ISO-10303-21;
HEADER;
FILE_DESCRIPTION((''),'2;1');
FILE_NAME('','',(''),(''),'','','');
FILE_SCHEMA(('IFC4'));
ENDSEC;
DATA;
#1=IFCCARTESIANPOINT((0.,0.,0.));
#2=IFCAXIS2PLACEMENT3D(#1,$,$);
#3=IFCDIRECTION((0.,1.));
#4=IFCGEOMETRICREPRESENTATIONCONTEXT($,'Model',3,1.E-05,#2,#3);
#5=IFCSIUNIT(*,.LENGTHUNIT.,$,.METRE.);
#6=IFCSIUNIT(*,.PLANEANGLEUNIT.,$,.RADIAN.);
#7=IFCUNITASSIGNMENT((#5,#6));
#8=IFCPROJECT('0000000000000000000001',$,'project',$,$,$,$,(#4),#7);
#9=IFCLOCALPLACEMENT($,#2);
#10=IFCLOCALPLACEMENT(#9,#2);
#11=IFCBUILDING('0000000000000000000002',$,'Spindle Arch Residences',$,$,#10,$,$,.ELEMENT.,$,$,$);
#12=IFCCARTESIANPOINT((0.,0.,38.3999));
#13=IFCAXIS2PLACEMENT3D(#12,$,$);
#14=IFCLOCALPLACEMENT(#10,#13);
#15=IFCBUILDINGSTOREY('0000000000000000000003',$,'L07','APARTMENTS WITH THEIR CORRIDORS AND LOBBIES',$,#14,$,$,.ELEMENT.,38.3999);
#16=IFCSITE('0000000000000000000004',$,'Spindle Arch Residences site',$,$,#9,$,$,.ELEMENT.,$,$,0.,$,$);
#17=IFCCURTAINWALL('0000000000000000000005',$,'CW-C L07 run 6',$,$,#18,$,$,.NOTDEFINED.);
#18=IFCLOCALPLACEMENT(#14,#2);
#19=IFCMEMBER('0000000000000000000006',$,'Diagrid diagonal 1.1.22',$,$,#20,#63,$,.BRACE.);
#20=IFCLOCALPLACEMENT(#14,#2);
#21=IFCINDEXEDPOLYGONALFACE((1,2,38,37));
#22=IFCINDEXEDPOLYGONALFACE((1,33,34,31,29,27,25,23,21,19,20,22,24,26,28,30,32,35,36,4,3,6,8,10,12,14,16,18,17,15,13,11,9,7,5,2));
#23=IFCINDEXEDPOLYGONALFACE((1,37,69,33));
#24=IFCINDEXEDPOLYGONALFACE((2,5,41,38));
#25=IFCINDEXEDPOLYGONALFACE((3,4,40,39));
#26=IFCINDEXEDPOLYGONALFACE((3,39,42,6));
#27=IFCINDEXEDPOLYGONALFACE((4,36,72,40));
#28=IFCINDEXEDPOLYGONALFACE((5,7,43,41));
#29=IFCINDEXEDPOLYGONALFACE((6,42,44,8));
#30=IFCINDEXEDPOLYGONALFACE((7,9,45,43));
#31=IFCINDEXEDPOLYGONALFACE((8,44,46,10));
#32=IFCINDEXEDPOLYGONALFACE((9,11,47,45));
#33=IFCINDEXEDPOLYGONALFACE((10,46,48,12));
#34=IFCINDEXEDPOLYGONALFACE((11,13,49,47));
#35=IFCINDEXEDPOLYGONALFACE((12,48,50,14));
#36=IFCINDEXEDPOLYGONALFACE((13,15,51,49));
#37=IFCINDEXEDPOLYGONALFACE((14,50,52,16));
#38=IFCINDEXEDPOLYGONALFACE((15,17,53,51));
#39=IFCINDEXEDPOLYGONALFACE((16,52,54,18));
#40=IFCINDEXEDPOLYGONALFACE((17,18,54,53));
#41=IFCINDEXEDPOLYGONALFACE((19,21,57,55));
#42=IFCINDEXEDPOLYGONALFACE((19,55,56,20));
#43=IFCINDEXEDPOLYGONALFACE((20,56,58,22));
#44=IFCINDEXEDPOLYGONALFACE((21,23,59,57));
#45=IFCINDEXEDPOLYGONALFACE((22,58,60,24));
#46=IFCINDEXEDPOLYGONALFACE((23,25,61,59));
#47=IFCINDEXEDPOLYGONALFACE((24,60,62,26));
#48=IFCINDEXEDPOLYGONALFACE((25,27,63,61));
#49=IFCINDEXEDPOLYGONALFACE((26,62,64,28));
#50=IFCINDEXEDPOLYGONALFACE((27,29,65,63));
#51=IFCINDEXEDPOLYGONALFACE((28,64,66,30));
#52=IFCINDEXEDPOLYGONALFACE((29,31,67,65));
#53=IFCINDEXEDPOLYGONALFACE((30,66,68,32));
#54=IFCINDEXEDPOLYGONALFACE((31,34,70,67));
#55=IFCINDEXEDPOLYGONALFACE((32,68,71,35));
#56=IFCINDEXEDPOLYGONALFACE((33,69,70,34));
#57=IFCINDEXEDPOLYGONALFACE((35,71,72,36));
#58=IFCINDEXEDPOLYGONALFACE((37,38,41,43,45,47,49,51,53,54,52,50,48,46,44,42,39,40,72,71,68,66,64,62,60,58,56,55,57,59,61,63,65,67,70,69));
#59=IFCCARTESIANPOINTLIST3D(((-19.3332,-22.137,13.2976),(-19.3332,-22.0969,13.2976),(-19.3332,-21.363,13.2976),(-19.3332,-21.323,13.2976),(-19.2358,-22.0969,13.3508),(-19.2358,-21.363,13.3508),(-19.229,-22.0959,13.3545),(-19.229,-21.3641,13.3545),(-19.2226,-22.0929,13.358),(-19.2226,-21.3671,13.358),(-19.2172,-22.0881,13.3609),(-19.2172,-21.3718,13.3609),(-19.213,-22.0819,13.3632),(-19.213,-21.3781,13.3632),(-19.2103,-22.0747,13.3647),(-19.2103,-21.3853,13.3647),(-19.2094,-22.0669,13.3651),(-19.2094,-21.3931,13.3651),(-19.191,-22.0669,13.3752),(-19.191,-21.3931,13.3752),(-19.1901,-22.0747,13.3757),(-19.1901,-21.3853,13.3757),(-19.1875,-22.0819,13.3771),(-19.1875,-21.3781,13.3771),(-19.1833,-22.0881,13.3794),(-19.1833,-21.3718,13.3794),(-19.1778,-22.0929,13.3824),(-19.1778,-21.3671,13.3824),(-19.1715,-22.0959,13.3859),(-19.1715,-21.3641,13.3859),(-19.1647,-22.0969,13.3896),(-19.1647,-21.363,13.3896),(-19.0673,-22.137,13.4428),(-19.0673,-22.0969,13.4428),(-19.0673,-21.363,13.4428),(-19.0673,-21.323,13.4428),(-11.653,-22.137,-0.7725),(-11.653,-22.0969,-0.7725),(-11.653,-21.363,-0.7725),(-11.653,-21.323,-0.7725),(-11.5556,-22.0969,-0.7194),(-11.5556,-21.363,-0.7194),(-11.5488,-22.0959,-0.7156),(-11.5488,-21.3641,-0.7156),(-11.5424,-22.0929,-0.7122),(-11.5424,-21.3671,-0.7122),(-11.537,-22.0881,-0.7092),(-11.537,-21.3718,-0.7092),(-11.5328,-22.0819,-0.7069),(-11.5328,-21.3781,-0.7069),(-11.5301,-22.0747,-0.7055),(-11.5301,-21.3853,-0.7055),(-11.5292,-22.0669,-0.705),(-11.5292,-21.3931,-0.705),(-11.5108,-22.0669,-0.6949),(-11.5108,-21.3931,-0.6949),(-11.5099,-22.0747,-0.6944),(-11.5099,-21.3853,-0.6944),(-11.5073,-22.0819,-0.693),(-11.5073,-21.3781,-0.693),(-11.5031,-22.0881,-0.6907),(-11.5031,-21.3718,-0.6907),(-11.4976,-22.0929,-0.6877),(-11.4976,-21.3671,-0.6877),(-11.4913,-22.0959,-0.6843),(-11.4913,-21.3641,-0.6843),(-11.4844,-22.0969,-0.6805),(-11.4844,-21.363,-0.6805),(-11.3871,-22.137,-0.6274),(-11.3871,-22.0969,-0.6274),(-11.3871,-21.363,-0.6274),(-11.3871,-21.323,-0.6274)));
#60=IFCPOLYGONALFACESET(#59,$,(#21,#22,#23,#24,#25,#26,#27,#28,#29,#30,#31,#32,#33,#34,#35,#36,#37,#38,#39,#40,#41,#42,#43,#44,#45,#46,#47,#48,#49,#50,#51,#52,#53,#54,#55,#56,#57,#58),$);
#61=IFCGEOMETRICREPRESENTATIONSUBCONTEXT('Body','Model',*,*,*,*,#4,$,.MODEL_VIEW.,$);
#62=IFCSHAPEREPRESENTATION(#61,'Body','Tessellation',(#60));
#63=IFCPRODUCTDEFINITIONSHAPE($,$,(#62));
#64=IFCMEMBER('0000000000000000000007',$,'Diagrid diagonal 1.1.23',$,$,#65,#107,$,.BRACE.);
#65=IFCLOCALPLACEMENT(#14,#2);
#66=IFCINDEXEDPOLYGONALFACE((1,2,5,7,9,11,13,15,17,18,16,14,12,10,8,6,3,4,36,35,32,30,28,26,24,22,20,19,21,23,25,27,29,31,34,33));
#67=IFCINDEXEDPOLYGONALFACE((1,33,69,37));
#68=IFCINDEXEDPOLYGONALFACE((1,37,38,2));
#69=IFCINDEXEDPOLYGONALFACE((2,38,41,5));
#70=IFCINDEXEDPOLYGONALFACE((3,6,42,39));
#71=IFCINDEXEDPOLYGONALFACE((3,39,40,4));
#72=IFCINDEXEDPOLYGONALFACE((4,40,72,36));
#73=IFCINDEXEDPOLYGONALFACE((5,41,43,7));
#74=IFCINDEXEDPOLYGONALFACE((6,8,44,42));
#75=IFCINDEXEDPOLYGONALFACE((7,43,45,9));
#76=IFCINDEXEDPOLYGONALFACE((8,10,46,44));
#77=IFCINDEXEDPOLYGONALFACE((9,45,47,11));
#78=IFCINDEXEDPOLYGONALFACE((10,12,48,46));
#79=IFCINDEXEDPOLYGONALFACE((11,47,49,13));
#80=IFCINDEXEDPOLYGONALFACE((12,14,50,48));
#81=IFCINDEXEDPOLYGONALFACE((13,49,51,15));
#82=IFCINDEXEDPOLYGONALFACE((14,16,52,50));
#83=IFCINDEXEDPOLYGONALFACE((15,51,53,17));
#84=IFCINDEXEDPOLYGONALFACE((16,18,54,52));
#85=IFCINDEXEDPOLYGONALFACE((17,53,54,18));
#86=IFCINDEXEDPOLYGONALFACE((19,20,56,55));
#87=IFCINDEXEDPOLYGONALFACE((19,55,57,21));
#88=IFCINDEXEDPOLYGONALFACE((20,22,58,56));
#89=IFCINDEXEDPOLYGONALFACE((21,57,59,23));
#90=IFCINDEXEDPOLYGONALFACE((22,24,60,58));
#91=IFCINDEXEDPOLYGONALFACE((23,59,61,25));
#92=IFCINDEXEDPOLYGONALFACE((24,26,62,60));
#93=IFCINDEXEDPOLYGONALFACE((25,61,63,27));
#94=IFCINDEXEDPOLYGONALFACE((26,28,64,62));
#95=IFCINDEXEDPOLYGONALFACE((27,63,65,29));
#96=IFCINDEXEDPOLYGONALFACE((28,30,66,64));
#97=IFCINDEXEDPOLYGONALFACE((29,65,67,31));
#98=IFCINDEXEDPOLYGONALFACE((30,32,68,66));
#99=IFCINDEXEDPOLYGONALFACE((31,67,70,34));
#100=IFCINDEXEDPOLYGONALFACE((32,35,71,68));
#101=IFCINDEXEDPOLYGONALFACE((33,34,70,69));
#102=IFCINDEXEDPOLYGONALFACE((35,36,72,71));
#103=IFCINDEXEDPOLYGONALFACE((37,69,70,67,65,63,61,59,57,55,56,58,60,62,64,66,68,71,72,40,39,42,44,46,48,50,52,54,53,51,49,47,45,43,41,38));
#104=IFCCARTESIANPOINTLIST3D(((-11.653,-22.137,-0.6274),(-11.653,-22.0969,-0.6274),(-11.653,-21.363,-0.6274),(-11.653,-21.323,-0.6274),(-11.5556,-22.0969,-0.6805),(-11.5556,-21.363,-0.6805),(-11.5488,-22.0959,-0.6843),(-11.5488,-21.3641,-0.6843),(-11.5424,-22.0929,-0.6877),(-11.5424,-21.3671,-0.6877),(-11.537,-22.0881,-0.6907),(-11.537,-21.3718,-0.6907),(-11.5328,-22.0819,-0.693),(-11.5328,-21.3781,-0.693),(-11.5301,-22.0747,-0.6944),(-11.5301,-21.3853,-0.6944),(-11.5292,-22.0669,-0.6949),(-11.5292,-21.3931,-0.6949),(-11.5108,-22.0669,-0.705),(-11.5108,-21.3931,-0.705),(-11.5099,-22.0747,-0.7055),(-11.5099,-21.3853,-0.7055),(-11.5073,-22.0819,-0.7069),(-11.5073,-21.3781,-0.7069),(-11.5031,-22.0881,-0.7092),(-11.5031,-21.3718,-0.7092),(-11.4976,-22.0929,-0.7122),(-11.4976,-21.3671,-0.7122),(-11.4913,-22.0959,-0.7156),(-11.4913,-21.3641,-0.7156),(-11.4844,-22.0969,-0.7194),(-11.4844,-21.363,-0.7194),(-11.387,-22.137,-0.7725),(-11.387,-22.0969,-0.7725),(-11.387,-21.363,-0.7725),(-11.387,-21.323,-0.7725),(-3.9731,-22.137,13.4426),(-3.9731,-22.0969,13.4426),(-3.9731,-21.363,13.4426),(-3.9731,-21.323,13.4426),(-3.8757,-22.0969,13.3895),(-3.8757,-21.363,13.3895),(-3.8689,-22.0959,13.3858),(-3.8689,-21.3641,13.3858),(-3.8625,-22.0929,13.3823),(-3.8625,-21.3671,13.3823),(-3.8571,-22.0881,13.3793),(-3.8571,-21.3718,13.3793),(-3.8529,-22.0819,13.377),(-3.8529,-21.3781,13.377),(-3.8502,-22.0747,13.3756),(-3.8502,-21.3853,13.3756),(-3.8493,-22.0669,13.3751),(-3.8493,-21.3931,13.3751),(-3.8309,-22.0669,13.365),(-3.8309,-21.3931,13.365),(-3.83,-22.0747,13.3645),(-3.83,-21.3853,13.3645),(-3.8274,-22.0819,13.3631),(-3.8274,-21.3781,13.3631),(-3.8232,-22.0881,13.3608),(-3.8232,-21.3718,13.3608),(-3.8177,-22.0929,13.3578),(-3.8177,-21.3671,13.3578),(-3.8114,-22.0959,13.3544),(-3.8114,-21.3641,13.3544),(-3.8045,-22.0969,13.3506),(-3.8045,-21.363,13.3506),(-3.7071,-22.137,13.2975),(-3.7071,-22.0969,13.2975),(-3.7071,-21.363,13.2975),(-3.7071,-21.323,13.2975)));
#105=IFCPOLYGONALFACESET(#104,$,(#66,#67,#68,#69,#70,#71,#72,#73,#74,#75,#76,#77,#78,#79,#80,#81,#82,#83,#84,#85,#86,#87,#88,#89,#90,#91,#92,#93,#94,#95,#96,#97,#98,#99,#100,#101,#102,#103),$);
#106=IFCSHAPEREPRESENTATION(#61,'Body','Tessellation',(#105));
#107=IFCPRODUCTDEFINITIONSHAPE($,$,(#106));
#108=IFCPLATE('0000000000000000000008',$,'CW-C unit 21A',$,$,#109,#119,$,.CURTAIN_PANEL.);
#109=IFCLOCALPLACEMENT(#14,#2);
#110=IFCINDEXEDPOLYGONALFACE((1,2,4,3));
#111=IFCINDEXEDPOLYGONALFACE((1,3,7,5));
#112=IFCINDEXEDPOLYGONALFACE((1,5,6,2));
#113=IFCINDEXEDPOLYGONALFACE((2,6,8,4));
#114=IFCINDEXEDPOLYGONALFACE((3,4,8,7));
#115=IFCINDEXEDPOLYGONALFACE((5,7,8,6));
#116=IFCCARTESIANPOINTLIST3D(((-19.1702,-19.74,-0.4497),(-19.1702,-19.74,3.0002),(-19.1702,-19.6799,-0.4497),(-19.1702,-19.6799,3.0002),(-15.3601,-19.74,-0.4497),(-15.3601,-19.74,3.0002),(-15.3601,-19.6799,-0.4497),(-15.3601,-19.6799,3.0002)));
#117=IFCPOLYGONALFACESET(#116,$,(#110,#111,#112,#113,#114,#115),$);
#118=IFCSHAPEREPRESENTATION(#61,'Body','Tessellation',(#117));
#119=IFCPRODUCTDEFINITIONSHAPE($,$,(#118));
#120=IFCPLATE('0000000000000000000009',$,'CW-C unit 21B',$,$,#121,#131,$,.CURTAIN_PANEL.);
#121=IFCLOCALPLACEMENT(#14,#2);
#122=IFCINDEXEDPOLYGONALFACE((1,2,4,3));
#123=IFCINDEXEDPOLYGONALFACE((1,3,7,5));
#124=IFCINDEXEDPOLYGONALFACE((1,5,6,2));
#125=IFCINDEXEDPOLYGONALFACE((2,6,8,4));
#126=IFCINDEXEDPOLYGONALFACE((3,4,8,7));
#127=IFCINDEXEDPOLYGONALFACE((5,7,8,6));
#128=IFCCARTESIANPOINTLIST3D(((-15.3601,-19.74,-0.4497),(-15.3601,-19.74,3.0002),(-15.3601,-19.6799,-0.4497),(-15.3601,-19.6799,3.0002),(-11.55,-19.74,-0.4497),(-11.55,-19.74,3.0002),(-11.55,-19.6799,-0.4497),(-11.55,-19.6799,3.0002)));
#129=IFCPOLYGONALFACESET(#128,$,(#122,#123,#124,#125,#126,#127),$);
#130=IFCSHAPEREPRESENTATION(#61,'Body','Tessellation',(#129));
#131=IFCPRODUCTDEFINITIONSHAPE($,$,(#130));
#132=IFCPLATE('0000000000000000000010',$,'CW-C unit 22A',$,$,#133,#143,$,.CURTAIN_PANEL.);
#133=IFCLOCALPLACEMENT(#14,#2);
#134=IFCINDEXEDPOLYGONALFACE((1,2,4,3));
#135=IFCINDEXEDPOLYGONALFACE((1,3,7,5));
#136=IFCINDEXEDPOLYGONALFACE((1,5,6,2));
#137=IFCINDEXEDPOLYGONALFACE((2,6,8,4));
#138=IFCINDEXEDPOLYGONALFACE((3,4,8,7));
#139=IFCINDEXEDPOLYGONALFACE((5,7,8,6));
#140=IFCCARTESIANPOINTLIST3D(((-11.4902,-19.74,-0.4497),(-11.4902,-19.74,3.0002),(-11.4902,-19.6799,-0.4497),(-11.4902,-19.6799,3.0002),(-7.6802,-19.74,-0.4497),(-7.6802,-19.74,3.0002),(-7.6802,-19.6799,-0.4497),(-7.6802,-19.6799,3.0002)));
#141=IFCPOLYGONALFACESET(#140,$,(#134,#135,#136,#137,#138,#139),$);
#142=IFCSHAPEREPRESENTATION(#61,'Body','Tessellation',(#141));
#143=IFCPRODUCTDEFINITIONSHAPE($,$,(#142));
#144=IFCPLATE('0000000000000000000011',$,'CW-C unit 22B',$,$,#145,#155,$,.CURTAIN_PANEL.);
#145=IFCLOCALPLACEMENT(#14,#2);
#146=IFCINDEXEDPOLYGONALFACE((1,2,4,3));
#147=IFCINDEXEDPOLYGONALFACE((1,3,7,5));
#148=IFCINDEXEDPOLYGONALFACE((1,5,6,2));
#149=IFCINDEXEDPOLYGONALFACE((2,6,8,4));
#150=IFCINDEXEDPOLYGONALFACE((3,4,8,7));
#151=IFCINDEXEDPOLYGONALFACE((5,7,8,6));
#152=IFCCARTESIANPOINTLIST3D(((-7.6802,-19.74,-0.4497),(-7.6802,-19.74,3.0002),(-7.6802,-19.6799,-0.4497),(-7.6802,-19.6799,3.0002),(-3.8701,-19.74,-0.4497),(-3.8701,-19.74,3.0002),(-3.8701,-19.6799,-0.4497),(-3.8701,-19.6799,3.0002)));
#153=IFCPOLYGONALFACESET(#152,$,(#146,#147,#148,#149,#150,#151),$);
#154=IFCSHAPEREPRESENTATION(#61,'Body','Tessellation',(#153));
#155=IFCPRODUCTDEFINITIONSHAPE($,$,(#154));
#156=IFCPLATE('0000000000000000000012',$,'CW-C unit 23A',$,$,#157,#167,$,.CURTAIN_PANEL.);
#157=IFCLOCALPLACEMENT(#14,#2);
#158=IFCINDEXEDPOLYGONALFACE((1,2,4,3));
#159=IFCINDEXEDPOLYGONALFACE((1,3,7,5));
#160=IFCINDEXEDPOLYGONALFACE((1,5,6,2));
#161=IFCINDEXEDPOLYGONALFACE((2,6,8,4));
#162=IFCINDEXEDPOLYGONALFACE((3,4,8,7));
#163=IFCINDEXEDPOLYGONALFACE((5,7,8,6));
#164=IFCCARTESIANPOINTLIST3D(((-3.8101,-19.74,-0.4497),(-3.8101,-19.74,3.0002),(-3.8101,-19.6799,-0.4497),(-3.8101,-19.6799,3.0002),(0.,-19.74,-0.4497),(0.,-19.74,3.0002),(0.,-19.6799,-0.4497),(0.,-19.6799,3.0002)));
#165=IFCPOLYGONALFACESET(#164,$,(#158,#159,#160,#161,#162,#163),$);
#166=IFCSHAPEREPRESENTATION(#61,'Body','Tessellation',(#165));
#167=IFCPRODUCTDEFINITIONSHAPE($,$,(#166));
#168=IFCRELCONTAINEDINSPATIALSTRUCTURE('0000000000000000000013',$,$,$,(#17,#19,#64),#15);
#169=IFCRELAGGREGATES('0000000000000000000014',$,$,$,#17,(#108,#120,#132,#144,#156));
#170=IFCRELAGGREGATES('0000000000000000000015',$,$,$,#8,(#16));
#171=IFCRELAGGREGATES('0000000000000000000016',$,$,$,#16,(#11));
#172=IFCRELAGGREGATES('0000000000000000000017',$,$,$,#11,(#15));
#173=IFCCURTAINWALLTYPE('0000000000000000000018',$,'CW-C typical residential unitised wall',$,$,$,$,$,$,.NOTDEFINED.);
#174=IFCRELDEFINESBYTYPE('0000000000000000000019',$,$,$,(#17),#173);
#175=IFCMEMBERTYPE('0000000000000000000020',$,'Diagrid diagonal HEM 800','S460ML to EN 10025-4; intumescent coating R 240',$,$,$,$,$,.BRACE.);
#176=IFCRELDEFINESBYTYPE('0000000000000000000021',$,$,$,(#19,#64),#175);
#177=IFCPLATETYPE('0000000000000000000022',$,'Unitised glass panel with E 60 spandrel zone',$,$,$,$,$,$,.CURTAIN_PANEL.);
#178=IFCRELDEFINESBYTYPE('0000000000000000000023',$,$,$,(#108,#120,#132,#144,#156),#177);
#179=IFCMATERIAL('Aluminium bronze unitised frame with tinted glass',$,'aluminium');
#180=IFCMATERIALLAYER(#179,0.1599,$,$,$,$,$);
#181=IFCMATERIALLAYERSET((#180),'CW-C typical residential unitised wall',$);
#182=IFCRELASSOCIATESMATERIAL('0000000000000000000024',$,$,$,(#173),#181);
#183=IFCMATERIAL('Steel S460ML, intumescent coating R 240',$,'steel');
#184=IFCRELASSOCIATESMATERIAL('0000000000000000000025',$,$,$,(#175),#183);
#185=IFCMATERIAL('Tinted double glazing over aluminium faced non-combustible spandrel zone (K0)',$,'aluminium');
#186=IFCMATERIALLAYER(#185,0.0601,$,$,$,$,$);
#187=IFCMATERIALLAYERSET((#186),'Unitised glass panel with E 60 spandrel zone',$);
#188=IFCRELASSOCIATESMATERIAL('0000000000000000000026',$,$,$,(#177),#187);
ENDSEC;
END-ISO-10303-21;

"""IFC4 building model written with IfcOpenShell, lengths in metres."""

from ifc_helpers import new_model, si_unit, direction, frame, origin, origin_2d, place, context, subcontext, project, spatial, rectangle, i_section, extrude, material, layer, layer_set, material_profile, profile_set, type_object, element, aggregate, save


model = new_model("IFC4")

# Units and contexts
model_context = context("Model", 3, precision=1e-05, world=origin(), true_north=direction((0.0, 1.0)))
body_context = subcontext(model_context, "Body", "Model", "MODEL_VIEW")
ifc_project = project(units=[si_unit("LENGTHUNIT", "METRE"), si_unit("PLANEANGLEUNIT", "RADIAN")], contexts=[model_context])

# Site, building, storey
site_placement = place(None, origin())
site = spatial("IfcSite", under=ifc_project, at=site_placement, Name="Spindle Arch Residences site", CompositionType="ELEMENT", RefElevation=0.0)
building_placement = place(site_placement, origin())
building = spatial("IfcBuilding", under=site, at=building_placement, Name="Spindle Arch Residences", CompositionType="ELEMENT")
storey_placement = place(building_placement, frame((0.0, 0.0, 38.3999)))
storey = spatial("IfcBuildingStorey", under=building, at=storey_placement, Name="L07", Description="APARTMENTS WITH THEIR CORRIDORS AND LOBBIES", CompositionType="ELEMENT", Elevation=38.3999)

# Curtain wall
ifc_material_1 = material(Name="Aluminium bronze unitised frame with tinted glass", Category="aluminium")
ifc_layer_1 = layer(ifc_material_1, 0.1599)
ifc_layer_set_1 = layer_set([ifc_layer_1], Name="CW-C typical residential unitised wall")
curtain_wall_type = type_object("IfcCurtainWallType", Name="CW-C typical residential unitised wall", PredefinedType="NOTDEFINED", material=ifc_layer_set_1)
curtain_wall_placement = place(storey_placement, origin())
curtain_wall = element("IfcCurtainWall", 1, at=curtain_wall_placement, inside=storey, type_object=curtain_wall_type, Name="CW-C L07 run 6", PredefinedType="NOTDEFINED")

# Members
ifc_material_2 = material(Name="Steel S460ML, intumescent coating R 240", Category="steel")
ifc_material_profile_1 = material_profile(ifc_material_2, i_section(OverallWidth=0.303, OverallDepth=0.814, WebThickness=0.021, FlangeThickness=0.04, FilletRadius=0.03, at=origin_2d()), Name="HEM 800")
ifc_profile_set_1 = profile_set([ifc_material_profile_1], Name="Steel S460ML, intumescent coating R 240")
member_type_1 = type_object("IfcMemberType", Name="Diagrid diagonal HEM 800", Description="S460ML to EN 10025-4; intumescent coating R 240", PredefinedType="BRACE", material=ifc_profile_set_1)
member_1_placement = place(storey_placement, frame((-11.52, -21.73, -0.7), z_axis=(-0.479121, 0.0, 0.877749), x_axis=(0.877749, 0.0, 0.479121)))
element("IfcMember", 2, at=member_1_placement, inside=storey, type_object=member_type_1, Name="Diagrid diagonal 1.1.22", PredefinedType="BRACE", context=body_context, shape_type="SweptSolid", body=[
    extrude(i_section(OverallWidth=0.303, OverallDepth=0.814, WebThickness=0.021, FlangeThickness=0.04, FilletRadius=0.03, at=origin_2d()), origin(), (0.0, 0.0, 1.0), 16.0298),
])
member_2_placement = place(storey_placement, frame((-11.52, -21.73, -0.7), z_axis=(0.479109, 0.0, 0.877755), x_axis=(-0.877755, 0.0, 0.479109)))
element("IfcMember", 3, at=member_2_placement, inside=storey, type_object=member_type_1, Name="Diagrid diagonal 1.1.23", PredefinedType="BRACE", context=body_context, shape_type="SweptSolid", body=[
    extrude(i_section(OverallWidth=0.303, OverallDepth=0.814, WebThickness=0.021, FlangeThickness=0.04, FilletRadius=0.03, at=origin_2d()), origin(), (0.0, 0.0, 1.0), 16.0295),
])

# Plates
ifc_material_3 = material(Name="Tinted double glazing over aluminium faced non-combustible spandrel zone (K0)", Category="aluminium")
ifc_layer_2 = layer(ifc_material_3, 0.0601)
ifc_layer_set_2 = layer_set([ifc_layer_2], Name="Unitised glass panel with E 60 spandrel zone")
plate_type = type_object("IfcPlateType", Name="Unitised glass panel with E 60 spandrel zone", PredefinedType="CURTAIN_PANEL", material=ifc_layer_set_2)
plate_1_placement = place(storey_placement, frame((-17.2651, -19.71, -0.4497), z_axis=(0.0, 0.0, 1.0), x_axis=(1.0, 0.0, 0.0)))
plate_1 = element("IfcPlate", 4, at=plate_1_placement, type_object=plate_type, Name="CW-C unit 21A", PredefinedType="CURTAIN_PANEL", context=body_context, shape_type="SweptSolid", body=[
    extrude(rectangle(XDim=3.8101, YDim=0.0601, at=origin_2d()), origin(), (0.0, 0.0, 1.0), 3.45),
])
plate_2_placement = place(storey_placement, frame((-13.4551, -19.71, -0.4497), z_axis=(0.0, 0.0, 1.0), x_axis=(1.0, 0.0, 0.0)))
plate_2 = element("IfcPlate", 5, at=plate_2_placement, type_object=plate_type, Name="CW-C unit 21B", PredefinedType="CURTAIN_PANEL", context=body_context, shape_type="SweptSolid", body=[
    extrude(rectangle(XDim=3.8101, YDim=0.0601, at=origin_2d()), origin(), (0.0, 0.0, 1.0), 3.45),
])
plate_3_placement = place(storey_placement, frame((-9.5852, -19.71, -0.4497), z_axis=(0.0, 0.0, 1.0), x_axis=(1.0, 0.0, 0.0)))
plate_3 = element("IfcPlate", 6, at=plate_3_placement, type_object=plate_type, Name="CW-C unit 22A", PredefinedType="CURTAIN_PANEL", context=body_context, shape_type="SweptSolid", body=[
    extrude(rectangle(XDim=3.8101, YDim=0.0601, at=origin_2d()), origin(), (0.0, 0.0, 1.0), 3.45),
])
plate_4_placement = place(storey_placement, frame((-5.7751, -19.71, -0.4497), z_axis=(0.0, 0.0, 1.0), x_axis=(1.0, 0.0, 0.0)))
plate_4 = element("IfcPlate", 7, at=plate_4_placement, type_object=plate_type, Name="CW-C unit 22B", PredefinedType="CURTAIN_PANEL", context=body_context, shape_type="SweptSolid", body=[
    extrude(rectangle(XDim=3.8101, YDim=0.0601, at=origin_2d()), origin(), (0.0, 0.0, 1.0), 3.45),
])
plate_5_placement = place(storey_placement, frame((-1.905, -19.71, -0.4497), z_axis=(0.0, 0.0, 1.0), x_axis=(1.0, 0.0, 0.0)))
plate_5 = element("IfcPlate", 8, at=plate_5_placement, type_object=plate_type, Name="CW-C unit 23A", PredefinedType="CURTAIN_PANEL", context=body_context, shape_type="SweptSolid", body=[
    extrude(rectangle(XDim=3.8101, YDim=0.0601, at=origin_2d()), origin(), (0.0, 0.0, 1.0), 3.45),
])
aggregate(curtain_wall, [plate_1, plate_2, plate_3, plate_4, plate_5])

save(model, "model.ifc")
